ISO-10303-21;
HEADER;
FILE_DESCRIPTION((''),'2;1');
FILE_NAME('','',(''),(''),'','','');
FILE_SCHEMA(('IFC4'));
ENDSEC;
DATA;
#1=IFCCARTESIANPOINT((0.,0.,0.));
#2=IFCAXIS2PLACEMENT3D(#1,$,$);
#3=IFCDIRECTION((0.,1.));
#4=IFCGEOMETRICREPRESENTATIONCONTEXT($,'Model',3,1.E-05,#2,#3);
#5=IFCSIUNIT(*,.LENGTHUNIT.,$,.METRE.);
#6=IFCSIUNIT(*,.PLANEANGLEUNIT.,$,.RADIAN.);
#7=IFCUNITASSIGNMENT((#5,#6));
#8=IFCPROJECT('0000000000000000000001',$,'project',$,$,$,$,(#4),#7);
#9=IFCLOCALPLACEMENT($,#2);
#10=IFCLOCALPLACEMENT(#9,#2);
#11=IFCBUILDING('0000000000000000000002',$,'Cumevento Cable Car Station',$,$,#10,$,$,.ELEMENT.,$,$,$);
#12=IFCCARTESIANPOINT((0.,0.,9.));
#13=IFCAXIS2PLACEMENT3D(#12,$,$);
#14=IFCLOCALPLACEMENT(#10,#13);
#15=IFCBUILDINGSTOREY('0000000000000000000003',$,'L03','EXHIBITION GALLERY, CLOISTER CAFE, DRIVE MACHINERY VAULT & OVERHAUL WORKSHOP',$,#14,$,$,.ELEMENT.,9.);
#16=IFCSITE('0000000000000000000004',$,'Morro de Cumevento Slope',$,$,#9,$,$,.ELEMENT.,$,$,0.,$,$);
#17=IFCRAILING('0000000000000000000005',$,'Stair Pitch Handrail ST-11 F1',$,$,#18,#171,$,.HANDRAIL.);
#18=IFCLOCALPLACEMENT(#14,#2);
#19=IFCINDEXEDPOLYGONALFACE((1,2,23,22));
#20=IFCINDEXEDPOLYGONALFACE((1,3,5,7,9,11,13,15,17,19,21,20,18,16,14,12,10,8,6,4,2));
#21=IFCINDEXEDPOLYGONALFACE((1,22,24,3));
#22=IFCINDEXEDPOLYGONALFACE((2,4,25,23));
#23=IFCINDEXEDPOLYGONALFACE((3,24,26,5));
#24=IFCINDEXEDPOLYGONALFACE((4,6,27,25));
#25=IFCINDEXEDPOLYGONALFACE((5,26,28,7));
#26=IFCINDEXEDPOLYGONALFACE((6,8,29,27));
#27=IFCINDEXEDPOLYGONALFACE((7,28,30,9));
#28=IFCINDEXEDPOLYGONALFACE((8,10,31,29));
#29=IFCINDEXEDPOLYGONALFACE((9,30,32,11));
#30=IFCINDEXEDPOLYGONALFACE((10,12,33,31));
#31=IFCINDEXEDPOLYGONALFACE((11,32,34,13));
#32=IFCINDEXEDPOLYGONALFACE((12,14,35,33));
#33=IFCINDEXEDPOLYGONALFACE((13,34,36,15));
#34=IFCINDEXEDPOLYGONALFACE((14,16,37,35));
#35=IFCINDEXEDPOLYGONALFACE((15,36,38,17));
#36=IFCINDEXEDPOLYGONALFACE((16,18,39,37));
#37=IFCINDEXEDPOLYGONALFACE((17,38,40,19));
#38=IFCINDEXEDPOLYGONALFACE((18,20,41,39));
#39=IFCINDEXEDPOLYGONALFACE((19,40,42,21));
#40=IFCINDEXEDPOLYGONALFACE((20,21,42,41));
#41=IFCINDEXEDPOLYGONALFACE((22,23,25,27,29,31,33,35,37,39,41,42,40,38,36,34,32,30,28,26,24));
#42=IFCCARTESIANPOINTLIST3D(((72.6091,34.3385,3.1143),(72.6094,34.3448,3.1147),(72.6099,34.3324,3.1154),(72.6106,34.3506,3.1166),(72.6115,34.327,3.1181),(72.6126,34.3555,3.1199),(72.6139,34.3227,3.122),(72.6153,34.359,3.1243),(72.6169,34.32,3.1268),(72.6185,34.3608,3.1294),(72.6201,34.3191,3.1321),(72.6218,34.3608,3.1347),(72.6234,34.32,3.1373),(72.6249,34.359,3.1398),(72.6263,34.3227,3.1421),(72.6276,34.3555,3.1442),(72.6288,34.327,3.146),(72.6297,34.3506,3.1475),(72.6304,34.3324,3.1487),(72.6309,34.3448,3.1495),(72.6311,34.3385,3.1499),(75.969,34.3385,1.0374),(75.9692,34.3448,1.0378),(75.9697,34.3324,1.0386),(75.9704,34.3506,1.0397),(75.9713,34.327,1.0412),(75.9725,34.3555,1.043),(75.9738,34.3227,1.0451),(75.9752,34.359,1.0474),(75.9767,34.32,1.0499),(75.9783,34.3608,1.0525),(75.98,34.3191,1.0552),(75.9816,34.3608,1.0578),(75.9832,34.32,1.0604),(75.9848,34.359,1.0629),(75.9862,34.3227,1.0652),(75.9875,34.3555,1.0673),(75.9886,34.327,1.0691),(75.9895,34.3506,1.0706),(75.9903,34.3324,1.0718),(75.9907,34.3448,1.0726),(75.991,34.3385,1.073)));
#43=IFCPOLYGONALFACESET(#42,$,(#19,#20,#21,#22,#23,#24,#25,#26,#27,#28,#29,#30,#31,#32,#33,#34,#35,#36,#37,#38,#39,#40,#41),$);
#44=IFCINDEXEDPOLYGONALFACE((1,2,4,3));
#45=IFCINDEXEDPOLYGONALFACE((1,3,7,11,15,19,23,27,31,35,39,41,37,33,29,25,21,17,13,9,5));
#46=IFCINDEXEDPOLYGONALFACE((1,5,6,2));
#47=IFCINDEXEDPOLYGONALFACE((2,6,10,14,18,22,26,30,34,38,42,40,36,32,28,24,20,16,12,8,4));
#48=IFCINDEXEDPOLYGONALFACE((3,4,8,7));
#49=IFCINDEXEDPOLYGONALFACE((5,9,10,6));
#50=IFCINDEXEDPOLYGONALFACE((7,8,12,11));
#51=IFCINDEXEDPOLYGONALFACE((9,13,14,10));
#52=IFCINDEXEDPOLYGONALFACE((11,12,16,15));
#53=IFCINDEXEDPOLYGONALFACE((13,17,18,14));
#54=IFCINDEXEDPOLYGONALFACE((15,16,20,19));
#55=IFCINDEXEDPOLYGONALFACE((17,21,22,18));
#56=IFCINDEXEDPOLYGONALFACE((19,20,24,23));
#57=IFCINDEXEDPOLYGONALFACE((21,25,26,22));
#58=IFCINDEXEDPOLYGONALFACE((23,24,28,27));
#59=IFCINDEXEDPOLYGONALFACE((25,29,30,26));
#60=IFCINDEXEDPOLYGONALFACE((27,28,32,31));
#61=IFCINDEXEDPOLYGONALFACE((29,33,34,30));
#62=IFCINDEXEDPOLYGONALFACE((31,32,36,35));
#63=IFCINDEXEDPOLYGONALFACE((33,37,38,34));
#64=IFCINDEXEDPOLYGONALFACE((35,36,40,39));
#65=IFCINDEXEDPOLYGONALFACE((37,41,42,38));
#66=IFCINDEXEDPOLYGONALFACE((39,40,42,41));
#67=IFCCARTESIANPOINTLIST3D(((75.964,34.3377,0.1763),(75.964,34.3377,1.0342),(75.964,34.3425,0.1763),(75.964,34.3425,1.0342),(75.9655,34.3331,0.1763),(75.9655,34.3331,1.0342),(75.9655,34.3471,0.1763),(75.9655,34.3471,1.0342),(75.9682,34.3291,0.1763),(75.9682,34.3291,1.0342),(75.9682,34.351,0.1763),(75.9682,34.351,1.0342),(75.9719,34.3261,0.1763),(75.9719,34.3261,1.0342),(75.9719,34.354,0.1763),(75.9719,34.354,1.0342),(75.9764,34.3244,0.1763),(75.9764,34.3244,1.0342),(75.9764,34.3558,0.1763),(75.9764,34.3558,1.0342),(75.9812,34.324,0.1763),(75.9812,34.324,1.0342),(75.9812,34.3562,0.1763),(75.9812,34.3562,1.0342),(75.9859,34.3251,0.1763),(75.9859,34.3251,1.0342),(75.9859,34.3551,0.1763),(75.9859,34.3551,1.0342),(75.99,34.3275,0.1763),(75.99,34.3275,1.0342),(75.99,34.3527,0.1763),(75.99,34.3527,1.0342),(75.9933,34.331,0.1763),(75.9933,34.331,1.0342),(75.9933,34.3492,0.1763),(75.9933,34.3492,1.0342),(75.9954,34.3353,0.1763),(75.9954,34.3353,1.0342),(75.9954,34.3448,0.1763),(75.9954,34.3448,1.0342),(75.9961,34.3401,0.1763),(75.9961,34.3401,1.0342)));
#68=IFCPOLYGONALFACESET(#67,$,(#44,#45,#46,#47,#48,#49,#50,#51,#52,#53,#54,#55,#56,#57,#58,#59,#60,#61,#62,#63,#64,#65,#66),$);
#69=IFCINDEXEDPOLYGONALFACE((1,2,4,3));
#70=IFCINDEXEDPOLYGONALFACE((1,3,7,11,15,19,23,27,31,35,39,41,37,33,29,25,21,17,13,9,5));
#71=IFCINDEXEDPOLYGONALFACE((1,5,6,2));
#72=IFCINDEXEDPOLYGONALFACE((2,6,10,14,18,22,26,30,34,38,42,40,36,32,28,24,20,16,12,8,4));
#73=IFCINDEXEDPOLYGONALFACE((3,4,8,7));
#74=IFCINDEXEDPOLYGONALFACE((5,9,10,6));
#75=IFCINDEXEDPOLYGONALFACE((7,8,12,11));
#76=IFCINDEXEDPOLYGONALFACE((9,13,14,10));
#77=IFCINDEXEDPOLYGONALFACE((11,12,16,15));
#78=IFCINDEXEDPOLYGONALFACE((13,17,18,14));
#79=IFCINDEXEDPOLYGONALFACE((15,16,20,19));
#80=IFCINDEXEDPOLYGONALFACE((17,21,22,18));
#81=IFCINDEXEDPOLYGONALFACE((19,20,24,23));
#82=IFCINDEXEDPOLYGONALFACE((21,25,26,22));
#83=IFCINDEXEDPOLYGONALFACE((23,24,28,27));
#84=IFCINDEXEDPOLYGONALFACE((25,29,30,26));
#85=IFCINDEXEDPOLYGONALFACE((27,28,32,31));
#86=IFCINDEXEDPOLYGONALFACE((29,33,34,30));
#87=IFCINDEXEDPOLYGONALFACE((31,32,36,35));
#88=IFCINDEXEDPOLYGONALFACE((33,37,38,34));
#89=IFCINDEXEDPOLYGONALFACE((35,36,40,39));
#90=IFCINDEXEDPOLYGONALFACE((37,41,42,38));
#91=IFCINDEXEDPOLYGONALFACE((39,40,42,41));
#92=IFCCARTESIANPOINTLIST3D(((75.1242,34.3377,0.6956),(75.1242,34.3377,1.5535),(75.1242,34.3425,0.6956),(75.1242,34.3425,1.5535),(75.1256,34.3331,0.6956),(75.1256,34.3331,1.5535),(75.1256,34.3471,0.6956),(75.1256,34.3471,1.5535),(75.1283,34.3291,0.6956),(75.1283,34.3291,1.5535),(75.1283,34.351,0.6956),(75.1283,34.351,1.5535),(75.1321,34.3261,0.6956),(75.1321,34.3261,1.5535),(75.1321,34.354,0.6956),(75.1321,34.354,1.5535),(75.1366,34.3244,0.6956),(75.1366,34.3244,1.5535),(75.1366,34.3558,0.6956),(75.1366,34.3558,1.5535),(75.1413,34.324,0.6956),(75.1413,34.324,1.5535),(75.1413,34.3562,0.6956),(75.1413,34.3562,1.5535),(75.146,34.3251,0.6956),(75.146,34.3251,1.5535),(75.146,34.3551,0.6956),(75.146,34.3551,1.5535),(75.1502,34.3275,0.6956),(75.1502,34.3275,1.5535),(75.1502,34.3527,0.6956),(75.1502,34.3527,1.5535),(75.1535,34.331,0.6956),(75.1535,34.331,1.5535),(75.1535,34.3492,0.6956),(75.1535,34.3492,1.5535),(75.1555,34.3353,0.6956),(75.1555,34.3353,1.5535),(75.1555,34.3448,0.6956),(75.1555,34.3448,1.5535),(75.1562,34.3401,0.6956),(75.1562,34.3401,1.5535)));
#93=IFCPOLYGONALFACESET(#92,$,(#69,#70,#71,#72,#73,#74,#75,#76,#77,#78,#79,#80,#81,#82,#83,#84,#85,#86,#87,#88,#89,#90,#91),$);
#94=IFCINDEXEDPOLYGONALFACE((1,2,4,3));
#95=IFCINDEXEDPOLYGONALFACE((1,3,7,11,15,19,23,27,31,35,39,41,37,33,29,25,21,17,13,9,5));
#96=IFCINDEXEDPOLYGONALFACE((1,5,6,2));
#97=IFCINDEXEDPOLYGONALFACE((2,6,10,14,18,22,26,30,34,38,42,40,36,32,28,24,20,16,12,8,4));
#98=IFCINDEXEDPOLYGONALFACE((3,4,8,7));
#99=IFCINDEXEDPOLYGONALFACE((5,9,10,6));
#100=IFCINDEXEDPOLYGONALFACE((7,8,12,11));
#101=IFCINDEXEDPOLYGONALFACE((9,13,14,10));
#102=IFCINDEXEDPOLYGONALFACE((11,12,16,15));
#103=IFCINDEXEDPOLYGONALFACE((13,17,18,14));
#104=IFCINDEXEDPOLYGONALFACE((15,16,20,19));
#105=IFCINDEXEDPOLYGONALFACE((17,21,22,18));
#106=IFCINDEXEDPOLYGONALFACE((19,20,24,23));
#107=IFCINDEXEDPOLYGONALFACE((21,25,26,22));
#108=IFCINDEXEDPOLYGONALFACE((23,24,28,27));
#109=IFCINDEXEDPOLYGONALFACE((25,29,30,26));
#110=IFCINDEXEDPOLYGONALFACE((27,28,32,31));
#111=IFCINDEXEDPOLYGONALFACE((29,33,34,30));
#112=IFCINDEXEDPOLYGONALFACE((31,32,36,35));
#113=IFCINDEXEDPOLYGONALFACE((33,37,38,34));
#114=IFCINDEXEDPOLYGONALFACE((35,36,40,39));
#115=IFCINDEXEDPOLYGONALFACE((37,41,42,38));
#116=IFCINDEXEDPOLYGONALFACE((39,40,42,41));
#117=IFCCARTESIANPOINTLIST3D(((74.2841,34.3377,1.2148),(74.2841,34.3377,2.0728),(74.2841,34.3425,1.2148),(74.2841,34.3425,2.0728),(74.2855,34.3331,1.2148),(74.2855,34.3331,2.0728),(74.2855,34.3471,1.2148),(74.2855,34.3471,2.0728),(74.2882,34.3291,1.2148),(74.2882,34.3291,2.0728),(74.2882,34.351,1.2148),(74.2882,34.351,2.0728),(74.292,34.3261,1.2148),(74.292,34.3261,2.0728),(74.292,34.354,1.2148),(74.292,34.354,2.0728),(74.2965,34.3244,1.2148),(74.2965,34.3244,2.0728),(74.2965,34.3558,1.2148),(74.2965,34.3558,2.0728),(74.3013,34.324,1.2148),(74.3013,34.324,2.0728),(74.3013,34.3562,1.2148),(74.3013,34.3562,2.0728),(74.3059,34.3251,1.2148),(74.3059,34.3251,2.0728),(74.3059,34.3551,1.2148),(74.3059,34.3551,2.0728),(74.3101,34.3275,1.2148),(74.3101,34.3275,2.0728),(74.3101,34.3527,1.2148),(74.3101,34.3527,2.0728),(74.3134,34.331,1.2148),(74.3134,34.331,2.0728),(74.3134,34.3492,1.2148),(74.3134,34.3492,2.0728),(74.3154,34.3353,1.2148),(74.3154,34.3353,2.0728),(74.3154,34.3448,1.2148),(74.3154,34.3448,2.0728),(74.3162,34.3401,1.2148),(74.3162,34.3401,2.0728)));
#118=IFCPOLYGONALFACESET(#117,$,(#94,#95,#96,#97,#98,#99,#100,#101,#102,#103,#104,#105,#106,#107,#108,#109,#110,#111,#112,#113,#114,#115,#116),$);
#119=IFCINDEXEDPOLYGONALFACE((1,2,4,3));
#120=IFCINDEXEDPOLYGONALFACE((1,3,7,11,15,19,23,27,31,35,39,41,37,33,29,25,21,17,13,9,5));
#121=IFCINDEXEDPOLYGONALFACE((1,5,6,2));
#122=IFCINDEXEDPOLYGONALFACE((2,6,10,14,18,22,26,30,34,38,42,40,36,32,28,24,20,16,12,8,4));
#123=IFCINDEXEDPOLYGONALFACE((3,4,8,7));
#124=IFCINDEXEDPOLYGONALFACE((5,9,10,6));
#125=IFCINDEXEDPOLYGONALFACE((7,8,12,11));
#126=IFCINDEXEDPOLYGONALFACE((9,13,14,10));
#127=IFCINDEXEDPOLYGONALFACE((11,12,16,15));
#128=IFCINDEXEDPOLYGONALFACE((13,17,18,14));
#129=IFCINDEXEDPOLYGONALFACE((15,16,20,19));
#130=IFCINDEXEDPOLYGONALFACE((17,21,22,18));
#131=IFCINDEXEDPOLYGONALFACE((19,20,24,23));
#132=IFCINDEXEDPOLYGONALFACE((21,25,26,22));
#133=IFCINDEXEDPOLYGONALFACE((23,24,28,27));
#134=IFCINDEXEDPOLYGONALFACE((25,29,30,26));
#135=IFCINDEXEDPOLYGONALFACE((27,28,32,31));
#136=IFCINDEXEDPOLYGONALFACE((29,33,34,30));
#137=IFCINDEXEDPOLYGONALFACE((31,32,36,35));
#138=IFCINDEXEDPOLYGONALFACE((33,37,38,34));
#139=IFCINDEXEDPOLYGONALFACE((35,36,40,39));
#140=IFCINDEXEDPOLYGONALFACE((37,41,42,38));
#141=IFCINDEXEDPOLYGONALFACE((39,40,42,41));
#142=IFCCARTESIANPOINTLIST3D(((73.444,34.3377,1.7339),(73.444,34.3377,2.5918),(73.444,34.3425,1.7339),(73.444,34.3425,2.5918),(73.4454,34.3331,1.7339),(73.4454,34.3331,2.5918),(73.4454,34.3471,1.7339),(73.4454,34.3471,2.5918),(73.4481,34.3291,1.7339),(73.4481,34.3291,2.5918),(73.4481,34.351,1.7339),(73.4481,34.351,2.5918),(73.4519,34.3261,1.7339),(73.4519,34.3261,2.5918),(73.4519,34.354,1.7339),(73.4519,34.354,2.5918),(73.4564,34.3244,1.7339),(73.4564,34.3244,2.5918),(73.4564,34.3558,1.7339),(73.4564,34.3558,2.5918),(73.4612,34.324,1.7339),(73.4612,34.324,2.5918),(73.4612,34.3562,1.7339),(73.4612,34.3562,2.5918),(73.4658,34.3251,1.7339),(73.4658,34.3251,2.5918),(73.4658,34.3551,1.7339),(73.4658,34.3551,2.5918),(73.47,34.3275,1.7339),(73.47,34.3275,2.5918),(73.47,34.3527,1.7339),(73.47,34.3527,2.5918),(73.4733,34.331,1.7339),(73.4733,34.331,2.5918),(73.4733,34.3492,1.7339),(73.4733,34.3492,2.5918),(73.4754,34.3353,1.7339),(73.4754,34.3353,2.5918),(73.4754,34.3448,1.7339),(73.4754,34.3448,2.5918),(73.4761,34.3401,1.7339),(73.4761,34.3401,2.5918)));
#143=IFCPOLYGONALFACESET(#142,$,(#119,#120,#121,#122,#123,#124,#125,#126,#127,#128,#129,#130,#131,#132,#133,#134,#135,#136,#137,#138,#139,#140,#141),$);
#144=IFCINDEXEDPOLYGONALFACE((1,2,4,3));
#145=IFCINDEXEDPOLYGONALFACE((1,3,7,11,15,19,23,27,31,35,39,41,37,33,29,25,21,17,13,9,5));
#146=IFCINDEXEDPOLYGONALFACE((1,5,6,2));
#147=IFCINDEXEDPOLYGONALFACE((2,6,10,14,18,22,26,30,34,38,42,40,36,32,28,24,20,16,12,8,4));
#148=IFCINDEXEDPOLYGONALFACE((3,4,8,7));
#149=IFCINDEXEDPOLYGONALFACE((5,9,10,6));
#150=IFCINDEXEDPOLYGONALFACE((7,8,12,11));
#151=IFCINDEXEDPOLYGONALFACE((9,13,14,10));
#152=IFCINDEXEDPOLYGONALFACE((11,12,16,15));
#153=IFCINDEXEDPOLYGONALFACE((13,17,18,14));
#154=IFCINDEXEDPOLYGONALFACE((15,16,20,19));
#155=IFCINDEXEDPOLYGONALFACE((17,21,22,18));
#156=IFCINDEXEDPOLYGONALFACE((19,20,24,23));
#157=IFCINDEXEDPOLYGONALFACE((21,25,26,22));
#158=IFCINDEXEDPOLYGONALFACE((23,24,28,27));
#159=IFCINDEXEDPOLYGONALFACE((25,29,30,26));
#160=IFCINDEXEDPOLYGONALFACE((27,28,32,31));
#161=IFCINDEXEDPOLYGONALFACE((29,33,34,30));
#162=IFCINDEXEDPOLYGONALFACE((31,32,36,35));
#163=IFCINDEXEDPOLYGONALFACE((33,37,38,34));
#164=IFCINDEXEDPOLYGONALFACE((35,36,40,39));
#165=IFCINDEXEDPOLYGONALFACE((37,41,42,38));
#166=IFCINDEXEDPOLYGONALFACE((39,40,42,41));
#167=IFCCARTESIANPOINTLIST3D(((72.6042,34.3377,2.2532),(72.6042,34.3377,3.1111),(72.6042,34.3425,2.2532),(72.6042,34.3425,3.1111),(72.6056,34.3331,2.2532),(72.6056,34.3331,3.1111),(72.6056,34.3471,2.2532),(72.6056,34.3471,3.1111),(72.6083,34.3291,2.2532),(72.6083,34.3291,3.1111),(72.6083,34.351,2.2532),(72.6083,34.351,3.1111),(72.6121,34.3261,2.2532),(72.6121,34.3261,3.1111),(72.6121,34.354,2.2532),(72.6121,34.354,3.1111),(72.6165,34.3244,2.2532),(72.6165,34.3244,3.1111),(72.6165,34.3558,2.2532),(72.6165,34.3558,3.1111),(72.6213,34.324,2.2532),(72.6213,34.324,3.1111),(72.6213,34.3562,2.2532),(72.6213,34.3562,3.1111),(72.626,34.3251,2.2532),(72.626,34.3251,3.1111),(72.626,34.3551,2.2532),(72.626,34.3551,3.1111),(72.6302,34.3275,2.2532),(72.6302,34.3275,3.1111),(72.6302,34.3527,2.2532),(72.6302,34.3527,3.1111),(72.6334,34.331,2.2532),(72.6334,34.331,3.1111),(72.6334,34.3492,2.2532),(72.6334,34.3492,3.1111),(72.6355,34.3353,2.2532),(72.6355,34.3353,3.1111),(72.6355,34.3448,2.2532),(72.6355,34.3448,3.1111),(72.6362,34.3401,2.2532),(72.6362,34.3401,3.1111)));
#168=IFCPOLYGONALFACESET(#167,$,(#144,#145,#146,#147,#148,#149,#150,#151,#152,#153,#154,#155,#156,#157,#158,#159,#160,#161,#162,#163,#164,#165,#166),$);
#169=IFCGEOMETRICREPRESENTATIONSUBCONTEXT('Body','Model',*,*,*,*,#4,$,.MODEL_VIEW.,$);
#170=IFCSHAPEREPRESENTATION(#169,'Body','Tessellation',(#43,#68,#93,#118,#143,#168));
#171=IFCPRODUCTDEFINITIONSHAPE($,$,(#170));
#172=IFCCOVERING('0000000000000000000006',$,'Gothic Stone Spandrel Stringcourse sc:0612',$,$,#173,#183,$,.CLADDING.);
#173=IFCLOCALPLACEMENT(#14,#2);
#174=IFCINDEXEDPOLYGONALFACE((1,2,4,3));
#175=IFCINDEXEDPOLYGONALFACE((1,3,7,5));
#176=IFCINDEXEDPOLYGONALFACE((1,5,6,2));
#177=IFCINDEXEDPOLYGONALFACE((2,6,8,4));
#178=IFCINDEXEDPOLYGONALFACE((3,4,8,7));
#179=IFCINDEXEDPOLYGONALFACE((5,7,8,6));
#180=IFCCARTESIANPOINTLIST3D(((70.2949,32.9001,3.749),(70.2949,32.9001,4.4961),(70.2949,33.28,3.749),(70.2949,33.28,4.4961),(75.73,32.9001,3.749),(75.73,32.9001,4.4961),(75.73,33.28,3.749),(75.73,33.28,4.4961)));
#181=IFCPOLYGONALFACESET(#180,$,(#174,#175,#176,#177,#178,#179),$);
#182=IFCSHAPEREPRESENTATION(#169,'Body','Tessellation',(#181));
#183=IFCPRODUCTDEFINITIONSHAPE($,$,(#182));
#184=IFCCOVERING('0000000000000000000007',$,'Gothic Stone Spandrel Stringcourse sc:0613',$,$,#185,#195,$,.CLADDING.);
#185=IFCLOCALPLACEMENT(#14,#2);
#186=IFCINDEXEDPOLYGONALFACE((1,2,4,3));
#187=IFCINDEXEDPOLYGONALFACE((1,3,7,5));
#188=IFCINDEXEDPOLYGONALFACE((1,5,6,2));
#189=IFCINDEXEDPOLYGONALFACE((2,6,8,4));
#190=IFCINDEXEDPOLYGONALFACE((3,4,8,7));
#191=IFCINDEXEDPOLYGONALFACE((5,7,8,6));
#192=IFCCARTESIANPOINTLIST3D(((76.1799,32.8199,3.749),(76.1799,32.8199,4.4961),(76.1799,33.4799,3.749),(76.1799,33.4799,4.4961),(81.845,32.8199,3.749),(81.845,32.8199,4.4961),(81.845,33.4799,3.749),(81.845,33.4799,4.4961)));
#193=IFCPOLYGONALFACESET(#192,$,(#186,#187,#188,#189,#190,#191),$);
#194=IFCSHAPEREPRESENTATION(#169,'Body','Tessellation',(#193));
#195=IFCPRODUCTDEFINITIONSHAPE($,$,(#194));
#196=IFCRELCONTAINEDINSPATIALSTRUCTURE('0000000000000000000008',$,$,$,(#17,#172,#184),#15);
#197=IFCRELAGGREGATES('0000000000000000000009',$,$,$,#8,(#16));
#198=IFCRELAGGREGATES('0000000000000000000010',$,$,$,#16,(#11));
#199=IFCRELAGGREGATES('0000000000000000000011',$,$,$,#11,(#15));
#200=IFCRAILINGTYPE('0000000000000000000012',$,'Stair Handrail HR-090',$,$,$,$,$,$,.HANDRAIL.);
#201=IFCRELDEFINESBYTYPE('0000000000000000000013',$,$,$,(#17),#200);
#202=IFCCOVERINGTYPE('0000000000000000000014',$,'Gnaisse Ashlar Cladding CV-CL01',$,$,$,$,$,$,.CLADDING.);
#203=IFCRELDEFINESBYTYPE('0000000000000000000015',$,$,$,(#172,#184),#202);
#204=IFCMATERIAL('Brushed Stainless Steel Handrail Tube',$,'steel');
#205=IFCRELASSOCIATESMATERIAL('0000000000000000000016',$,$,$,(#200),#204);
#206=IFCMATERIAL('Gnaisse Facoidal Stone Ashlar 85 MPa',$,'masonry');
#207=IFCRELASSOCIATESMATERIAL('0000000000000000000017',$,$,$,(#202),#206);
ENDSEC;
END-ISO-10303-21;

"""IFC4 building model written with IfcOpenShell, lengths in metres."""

from ifc_helpers import new_model, si_unit, direction, frame, origin, origin_2d, place, context, subcontext, project, spatial, rectangle, circle, extrude, material, type_object, element, save


model = new_model("IFC4")

# Units and contexts
model_context = context("Model", 3, precision=1e-05, world=origin(), true_north=direction((0.0, 1.0)))
body_context = subcontext(model_context, "Body", "Model", "MODEL_VIEW")
ifc_project = project(units=[si_unit("LENGTHUNIT", "METRE"), si_unit("PLANEANGLEUNIT", "RADIAN")], contexts=[model_context])

# Site, building, storey
site_placement = place(None, origin())
site = spatial("IfcSite", under=ifc_project, at=site_placement, Name="Morro de Cumevento Slope", CompositionType="ELEMENT", RefElevation=0.0)
building_placement = place(site_placement, origin())
building = spatial("IfcBuilding", under=site, at=building_placement, Name="Cumevento Cable Car Station", CompositionType="ELEMENT")
storey_placement = place(building_placement, frame((0.0, 0.0, 9.0)))
storey = spatial("IfcBuildingStorey", under=building, at=storey_placement, Name="L03", Description="EXHIBITION GALLERY, CLOISTER CAFE, DRIVE MACHINERY VAULT & OVERHAUL WORKSHOP", CompositionType="ELEMENT", Elevation=9.0)

# Railing
ifc_material_1 = material(Name="Brushed Stainless Steel Handrail Tube", Category="steel")
railing_type_1 = type_object("IfcRailingType", Name="Stair Handrail HR-090", PredefinedType="HANDRAIL", material=ifc_material_1)
railing_1_placement = place(storey_placement, frame((75.98, 34.3401, 0.1763)))
element("IfcRailing", 1, at=railing_1_placement, inside=storey, type_object=railing_type_1, Name="Stair Pitch Handrail ST-11 F1", PredefinedType="HANDRAIL", context=body_context, shape_type="SweptSolid", body=[
    extrude(circle(Radius=0.021, at=origin_2d()), frame((0.0, 0.0, 0.8789), z_axis=(-0.850606, 0.0, 0.525803), x_axis=(0.0, -1.0, 0.0)), (0.0, 0.0, 1.0), 3.95),
    extrude(circle(Radius=0.0161, at=origin_2d()), origin(), (0.0, 0.0, 1.0), 0.8579),
    extrude(circle(Radius=0.0161, at=origin_2d()), frame((-0.8398, 0.0, 0.5193)), (0.0, 0.0, 1.0), 0.8579),
    extrude(circle(Radius=0.0161, at=origin_2d()), frame((-1.6799, 0.0, 1.0386)), (0.0, 0.0, 1.0), 0.8579),
    extrude(circle(Radius=0.0161, at=origin_2d()), frame((-2.52, 0.0, 1.5576)), (0.0, 0.0, 1.0), 0.8579),
    extrude(circle(Radius=0.0161, at=origin_2d()), frame((-3.3599, 0.0, 2.0769)), (0.0, 0.0, 1.0), 0.8579),
])

# Coverings
ifc_material_2 = material(Name="Gnaisse Facoidal Stone Ashlar 85 MPa", Category="masonry")
covering_type = type_object("IfcCoveringType", Name="Gnaisse Ashlar Cladding CV-CL01", PredefinedType="CLADDING", material=ifc_material_2)
covering_1_placement = place(storey_placement, frame((73.0125, 33.0901, 3.749), z_axis=(0.0, 0.0, 1.0), x_axis=(-1.0, 0.0, 0.0)))
element("IfcCovering", 2, at=covering_1_placement, inside=storey, type_object=covering_type, Name="Gothic Stone Spandrel Stringcourse sc:0612", PredefinedType="CLADDING", context=body_context, shape_type="SweptSolid", body=[
    extrude(rectangle(XDim=5.4351, YDim=0.3799, at=origin_2d()), origin(), (0.0, 0.0, 1.0), 0.7471),
])
covering_2_placement = place(storey_placement, frame((79.0125, 33.1499, 3.749), z_axis=(0.0, 0.0, 1.0), x_axis=(-1.0, 0.0, 0.0)))
element("IfcCovering", 3, at=covering_2_placement, inside=storey, type_object=covering_type, Name="Gothic Stone Spandrel Stringcourse sc:0613", PredefinedType="CLADDING", context=body_context, shape_type="SweptSolid", body=[
    extrude(rectangle(XDim=5.665, YDim=0.6599, at=origin_2d()), origin(), (0.0, 0.0, 1.0), 0.7471),
])

save(model, "model.ifc")
